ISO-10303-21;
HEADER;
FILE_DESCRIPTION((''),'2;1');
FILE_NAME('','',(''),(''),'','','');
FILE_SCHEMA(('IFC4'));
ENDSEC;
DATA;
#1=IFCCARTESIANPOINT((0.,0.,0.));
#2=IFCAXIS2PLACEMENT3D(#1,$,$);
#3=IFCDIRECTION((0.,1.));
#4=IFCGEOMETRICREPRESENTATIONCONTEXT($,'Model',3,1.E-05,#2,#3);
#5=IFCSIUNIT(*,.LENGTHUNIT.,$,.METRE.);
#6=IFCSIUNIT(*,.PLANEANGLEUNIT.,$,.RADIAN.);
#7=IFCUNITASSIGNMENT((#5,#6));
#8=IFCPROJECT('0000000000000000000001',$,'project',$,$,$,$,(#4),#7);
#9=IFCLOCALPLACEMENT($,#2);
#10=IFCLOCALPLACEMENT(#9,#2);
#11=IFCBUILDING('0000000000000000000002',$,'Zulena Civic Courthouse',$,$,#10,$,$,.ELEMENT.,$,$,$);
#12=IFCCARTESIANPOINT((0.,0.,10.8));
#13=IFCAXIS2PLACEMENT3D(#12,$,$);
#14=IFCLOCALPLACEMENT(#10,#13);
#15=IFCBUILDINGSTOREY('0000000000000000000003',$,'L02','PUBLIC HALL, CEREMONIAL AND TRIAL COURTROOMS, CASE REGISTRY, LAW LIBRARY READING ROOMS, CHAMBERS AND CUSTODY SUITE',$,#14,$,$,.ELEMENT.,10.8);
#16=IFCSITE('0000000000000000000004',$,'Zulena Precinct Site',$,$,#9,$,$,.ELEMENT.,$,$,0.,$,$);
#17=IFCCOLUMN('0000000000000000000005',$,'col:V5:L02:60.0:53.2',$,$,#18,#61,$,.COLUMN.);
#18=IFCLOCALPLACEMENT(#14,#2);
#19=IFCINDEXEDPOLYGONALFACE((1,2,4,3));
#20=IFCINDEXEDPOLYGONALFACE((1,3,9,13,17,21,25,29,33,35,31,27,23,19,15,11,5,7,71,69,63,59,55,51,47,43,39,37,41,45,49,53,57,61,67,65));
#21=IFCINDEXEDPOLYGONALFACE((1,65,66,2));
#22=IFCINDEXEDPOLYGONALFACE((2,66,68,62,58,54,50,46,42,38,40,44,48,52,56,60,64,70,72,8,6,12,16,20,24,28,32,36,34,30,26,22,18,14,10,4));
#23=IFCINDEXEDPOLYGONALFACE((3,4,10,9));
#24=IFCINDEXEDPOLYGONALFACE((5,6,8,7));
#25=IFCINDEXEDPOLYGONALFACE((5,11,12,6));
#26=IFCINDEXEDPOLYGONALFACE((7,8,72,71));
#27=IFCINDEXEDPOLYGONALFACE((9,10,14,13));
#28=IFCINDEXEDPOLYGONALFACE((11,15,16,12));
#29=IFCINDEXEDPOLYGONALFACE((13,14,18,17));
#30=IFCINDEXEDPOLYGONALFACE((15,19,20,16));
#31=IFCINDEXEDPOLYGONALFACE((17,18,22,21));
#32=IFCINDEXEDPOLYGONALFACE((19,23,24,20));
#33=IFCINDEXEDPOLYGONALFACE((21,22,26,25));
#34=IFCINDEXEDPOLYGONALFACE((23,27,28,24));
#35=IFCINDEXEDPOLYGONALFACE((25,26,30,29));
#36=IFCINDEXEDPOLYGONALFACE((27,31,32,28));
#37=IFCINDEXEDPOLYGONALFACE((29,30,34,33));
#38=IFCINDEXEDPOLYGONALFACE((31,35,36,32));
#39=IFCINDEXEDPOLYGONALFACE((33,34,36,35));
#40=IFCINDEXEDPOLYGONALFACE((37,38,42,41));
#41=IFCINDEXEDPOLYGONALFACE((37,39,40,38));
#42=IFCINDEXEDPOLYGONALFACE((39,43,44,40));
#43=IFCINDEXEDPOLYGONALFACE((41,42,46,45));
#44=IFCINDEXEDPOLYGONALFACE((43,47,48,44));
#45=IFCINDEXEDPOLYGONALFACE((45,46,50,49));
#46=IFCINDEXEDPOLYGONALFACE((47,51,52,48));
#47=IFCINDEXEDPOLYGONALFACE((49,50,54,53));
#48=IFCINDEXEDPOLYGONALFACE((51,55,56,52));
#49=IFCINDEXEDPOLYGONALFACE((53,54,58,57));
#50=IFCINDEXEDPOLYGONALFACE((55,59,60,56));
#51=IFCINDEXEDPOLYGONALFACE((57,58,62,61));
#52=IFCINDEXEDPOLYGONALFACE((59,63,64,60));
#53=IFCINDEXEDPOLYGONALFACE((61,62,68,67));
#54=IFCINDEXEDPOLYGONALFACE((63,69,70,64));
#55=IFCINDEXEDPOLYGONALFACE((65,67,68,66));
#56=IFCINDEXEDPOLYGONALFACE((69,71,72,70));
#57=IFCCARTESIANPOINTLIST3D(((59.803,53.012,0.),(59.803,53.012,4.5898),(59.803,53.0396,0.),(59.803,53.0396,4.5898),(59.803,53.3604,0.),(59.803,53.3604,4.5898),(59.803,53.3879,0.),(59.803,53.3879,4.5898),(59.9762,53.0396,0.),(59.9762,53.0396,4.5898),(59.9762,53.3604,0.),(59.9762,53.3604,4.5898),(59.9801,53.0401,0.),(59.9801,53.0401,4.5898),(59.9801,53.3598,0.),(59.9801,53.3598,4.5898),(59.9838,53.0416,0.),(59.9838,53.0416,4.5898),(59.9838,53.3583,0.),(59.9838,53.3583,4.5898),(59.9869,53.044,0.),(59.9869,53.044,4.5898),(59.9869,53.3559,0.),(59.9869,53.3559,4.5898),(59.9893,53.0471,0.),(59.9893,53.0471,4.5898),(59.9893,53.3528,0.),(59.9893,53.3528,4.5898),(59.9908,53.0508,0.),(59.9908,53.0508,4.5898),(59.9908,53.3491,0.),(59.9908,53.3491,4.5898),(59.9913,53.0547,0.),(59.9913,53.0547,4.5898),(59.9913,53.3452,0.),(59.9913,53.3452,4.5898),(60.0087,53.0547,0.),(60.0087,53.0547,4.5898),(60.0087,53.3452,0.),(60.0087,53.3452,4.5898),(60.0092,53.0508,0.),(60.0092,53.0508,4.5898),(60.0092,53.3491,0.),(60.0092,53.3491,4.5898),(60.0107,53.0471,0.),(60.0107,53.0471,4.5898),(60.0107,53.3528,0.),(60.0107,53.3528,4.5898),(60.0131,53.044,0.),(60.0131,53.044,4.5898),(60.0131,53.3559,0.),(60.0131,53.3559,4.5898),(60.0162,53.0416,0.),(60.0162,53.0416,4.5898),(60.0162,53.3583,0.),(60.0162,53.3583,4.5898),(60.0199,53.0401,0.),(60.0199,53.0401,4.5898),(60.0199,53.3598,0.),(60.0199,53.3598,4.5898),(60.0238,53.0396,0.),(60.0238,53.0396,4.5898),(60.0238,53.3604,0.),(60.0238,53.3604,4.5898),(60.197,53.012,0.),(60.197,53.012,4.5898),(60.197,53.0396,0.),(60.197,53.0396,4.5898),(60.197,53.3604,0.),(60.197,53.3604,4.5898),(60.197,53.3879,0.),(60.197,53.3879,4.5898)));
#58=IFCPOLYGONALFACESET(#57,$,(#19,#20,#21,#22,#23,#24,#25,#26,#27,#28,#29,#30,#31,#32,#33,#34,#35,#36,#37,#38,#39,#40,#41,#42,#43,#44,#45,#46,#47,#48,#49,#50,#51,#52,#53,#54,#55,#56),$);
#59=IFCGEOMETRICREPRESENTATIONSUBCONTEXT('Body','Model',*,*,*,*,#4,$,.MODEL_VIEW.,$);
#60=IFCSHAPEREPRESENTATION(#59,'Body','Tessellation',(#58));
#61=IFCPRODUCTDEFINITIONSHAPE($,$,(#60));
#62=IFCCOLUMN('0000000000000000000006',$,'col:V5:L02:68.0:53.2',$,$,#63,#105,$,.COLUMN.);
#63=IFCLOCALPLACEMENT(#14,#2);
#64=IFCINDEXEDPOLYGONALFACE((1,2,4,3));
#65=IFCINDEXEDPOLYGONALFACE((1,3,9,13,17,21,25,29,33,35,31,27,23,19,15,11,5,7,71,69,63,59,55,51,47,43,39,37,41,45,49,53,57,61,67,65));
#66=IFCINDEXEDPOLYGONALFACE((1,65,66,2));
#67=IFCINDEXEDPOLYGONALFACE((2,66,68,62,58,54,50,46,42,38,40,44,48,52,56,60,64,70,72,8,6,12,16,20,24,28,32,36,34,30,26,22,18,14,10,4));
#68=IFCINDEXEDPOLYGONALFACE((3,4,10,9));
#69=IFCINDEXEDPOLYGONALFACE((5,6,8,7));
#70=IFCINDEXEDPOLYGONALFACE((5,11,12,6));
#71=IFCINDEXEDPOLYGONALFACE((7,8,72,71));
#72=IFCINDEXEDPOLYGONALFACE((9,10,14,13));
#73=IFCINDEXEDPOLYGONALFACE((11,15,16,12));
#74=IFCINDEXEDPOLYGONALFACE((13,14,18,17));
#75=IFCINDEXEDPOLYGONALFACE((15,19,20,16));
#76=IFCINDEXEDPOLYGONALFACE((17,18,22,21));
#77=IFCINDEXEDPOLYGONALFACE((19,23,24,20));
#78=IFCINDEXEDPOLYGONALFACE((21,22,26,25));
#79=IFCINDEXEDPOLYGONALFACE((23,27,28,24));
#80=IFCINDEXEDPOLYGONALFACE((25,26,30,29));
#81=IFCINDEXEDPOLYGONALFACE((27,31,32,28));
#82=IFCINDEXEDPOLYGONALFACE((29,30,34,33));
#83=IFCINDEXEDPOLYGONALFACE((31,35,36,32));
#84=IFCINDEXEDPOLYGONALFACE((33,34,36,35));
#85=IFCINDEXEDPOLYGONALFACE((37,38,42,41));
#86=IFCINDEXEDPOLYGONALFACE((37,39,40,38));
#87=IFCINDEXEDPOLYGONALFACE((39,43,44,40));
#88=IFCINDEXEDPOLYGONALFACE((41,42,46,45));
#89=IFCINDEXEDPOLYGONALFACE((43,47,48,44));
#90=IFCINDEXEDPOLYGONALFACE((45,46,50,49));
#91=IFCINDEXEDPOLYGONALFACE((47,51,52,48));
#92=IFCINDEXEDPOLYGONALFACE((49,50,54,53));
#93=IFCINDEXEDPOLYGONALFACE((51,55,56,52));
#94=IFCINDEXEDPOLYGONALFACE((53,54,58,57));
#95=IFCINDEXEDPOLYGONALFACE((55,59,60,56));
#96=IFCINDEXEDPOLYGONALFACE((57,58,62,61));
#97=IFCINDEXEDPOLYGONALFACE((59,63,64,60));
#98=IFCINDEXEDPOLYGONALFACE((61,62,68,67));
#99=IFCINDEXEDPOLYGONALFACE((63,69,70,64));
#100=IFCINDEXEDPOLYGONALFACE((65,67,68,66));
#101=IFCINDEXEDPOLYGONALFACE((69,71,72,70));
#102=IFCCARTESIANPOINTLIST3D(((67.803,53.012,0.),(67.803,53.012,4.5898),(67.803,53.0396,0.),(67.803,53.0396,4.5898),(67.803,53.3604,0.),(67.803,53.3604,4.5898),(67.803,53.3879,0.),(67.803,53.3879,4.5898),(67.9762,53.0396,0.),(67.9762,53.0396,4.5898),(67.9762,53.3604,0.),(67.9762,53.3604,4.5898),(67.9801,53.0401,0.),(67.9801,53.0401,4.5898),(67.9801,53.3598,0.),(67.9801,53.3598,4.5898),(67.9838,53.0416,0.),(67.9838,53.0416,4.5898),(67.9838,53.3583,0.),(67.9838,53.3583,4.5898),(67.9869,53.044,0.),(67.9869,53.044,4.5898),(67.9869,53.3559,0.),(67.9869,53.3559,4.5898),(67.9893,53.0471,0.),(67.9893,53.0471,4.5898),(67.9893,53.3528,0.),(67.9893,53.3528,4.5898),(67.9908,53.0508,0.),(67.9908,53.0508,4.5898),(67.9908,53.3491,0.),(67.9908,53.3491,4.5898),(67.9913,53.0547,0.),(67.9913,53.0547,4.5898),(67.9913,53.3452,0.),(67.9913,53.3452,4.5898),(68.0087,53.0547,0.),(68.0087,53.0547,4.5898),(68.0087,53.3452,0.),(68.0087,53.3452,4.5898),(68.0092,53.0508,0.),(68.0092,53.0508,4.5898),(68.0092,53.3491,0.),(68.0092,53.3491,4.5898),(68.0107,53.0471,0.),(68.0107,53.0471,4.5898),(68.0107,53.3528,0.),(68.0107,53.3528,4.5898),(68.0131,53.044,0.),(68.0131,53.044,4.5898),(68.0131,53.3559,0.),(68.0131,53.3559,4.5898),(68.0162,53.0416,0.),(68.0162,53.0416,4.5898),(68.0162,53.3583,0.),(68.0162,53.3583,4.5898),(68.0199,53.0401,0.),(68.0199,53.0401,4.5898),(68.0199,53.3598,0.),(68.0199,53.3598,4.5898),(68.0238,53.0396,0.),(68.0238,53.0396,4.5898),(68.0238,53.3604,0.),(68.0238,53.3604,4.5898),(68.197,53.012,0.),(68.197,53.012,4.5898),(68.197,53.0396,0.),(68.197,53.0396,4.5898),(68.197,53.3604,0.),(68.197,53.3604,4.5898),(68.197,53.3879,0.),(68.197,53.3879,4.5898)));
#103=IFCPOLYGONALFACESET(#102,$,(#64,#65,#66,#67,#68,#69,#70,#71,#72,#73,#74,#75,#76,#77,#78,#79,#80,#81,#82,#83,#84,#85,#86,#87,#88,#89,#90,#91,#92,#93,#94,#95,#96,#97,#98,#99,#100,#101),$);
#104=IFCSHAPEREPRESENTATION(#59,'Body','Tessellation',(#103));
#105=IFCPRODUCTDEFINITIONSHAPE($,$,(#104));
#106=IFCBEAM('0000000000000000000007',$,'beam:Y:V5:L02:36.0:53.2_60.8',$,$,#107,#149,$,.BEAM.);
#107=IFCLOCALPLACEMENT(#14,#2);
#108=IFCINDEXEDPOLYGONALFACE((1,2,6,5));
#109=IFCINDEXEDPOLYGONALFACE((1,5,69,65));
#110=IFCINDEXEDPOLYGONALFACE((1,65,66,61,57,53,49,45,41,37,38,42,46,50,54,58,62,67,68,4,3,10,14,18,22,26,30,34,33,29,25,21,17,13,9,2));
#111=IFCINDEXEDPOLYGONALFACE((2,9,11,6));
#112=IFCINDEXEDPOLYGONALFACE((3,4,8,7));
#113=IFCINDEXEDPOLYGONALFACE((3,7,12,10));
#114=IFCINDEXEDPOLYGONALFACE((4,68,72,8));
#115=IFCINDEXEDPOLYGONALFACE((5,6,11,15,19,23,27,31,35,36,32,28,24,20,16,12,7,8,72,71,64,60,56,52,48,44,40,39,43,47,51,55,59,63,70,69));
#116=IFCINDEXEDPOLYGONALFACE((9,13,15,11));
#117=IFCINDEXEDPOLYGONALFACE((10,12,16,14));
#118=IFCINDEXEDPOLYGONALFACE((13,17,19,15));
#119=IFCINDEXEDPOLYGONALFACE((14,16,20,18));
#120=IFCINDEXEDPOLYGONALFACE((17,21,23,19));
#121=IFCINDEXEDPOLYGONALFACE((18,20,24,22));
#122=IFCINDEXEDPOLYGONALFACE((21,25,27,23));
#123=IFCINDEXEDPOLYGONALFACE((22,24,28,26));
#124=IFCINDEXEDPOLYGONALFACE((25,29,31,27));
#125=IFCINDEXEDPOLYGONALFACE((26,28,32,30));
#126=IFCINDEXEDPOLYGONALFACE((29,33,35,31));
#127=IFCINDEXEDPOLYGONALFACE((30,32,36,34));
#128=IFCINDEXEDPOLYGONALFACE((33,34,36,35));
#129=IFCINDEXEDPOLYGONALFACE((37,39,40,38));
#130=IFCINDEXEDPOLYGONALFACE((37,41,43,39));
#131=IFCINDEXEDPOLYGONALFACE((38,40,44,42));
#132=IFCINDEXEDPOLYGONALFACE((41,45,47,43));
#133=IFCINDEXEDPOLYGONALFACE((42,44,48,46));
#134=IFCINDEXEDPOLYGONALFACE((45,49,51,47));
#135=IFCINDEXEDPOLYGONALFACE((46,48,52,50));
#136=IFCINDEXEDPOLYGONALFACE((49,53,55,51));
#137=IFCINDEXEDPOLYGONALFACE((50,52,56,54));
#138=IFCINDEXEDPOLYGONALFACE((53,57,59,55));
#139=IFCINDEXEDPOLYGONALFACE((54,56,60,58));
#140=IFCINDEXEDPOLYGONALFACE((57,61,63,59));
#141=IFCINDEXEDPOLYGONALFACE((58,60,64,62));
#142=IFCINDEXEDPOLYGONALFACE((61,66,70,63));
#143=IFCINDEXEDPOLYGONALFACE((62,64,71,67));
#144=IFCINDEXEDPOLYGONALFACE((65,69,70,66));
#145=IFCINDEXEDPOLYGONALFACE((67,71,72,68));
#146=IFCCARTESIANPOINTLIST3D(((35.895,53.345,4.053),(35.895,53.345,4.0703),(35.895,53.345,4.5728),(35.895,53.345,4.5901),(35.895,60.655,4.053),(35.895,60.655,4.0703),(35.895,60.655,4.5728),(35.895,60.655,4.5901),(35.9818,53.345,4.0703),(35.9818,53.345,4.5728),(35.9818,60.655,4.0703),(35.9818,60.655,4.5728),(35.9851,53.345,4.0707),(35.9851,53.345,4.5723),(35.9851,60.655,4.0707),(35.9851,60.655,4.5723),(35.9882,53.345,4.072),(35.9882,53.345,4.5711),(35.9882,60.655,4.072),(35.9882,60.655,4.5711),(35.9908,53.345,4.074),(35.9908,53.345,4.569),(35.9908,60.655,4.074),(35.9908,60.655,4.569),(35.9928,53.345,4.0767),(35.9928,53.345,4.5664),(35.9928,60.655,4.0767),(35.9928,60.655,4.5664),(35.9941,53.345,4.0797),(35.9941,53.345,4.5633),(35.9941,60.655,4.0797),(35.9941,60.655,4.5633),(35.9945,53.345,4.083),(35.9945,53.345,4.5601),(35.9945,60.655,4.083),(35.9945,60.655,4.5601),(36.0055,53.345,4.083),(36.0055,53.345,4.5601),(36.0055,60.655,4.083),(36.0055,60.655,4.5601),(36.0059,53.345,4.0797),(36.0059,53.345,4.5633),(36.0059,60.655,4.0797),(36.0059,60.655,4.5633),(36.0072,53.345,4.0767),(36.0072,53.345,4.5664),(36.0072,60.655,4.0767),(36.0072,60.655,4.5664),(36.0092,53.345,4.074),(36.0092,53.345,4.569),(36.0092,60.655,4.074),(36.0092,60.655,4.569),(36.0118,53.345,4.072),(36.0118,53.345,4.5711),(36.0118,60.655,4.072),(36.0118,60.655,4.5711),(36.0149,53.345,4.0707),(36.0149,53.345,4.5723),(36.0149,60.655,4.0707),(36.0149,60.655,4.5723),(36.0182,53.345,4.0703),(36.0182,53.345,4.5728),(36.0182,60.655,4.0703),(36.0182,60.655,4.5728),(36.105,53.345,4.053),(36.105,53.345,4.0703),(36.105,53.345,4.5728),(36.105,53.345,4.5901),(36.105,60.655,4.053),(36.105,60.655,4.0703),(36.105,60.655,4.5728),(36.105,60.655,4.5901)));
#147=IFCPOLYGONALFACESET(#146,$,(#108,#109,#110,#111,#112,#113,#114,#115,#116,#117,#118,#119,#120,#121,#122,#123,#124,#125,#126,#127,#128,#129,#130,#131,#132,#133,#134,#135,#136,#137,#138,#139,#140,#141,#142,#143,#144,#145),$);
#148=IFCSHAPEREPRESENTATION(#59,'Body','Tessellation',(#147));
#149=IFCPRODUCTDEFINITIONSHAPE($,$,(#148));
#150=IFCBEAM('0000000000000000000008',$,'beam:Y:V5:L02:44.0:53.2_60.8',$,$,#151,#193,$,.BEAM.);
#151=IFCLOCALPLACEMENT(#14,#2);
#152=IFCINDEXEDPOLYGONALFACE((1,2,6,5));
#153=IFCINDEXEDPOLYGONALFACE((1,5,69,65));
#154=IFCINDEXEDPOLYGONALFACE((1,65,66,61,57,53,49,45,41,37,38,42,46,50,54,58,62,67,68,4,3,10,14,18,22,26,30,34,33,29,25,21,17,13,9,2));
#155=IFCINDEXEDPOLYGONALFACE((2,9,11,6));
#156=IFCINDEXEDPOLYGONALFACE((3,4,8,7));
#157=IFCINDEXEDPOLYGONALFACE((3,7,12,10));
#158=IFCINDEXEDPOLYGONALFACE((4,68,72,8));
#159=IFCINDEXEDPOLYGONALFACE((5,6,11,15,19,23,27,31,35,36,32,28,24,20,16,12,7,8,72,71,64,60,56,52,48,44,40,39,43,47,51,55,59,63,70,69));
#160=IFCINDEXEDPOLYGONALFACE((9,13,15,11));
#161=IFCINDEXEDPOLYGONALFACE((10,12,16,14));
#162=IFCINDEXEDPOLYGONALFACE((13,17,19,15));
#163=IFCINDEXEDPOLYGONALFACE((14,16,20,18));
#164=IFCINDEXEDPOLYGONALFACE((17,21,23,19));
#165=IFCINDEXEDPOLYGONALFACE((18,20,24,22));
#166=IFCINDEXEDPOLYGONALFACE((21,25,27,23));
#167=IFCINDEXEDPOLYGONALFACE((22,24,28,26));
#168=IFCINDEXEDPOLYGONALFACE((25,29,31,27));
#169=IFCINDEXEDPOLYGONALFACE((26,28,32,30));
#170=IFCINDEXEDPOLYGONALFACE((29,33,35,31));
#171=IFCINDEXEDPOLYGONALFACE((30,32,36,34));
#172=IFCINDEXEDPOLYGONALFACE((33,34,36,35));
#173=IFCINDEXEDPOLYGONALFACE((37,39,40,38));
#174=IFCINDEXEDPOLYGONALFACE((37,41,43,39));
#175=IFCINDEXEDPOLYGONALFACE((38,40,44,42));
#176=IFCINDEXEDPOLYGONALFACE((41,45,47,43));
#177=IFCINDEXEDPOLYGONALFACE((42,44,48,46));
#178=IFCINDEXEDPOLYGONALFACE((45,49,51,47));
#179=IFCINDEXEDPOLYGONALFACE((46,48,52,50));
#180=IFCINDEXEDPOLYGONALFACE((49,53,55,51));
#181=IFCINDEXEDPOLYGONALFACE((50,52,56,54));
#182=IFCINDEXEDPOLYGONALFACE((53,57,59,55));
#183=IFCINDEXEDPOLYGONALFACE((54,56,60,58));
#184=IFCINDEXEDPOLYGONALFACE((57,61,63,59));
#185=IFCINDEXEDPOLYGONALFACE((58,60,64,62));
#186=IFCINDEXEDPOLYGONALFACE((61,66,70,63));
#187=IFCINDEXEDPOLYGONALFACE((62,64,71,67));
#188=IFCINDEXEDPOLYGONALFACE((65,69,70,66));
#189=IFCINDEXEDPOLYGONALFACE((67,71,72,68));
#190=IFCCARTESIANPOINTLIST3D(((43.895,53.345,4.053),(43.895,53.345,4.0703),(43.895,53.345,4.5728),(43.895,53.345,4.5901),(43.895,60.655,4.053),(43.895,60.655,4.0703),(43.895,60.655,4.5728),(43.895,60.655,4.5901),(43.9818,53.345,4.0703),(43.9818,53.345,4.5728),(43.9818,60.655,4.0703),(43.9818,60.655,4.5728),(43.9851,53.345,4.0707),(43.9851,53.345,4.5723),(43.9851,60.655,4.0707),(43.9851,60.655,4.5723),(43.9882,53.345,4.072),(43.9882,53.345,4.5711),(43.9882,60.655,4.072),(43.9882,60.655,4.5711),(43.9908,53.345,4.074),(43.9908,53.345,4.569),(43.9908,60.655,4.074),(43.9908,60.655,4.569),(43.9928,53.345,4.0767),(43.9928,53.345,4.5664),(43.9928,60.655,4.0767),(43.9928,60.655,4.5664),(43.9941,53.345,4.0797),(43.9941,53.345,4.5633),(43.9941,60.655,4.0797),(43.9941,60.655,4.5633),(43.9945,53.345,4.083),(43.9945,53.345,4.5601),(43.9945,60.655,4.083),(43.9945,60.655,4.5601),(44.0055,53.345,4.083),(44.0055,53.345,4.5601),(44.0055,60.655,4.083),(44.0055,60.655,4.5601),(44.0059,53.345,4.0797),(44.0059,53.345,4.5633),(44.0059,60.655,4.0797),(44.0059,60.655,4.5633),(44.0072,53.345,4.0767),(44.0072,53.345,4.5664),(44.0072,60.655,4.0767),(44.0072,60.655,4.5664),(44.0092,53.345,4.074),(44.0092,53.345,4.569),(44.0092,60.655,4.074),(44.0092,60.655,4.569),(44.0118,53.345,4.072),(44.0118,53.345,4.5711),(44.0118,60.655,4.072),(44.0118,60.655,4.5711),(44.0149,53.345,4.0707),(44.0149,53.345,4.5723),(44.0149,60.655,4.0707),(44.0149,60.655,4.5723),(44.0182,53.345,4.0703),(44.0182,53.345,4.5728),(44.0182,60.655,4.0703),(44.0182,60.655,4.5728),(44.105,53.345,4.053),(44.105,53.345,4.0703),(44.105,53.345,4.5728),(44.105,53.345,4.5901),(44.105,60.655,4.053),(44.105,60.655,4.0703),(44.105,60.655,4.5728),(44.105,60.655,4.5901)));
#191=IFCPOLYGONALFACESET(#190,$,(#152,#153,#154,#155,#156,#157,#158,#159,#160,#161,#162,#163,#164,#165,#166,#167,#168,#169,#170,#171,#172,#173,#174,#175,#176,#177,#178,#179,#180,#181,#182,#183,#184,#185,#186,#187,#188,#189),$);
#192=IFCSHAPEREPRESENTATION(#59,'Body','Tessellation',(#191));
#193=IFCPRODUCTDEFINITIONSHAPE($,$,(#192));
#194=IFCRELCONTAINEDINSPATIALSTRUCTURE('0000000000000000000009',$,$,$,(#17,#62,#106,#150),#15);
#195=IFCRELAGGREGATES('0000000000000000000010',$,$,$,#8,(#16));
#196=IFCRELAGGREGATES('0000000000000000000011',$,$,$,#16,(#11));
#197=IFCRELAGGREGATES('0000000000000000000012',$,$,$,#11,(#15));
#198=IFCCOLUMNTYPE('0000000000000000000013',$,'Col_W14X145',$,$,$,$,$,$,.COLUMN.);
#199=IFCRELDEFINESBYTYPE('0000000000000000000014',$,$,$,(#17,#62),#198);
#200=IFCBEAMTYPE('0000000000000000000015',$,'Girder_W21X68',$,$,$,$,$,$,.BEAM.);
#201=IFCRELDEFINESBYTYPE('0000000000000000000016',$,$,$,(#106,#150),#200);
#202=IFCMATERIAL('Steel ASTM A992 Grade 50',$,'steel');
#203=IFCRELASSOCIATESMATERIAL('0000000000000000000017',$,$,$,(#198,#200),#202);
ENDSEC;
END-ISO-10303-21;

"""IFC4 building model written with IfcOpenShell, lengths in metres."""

from ifc_helpers import new_model, si_unit, direction, frame, origin, origin_2d, place, context, subcontext, project, spatial, i_section, extrude, material, material_profile, profile_set, type_object, element, save


model = new_model("IFC4")

# Units and contexts
model_context = context("Model", 3, precision=1e-05, world=origin(), true_north=direction((0.0, 1.0)))
body_context = subcontext(model_context, "Body", "Model", "MODEL_VIEW")
ifc_project = project(units=[si_unit("LENGTHUNIT", "METRE"), si_unit("PLANEANGLEUNIT", "RADIAN")], contexts=[model_context])

# Site, building, storey
site_placement = place(None, origin())
site = spatial("IfcSite", under=ifc_project, at=site_placement, Name="Zulena Precinct Site", CompositionType="ELEMENT", RefElevation=0.0)
building_placement = place(site_placement, origin())
building = spatial("IfcBuilding", under=site, at=building_placement, Name="Zulena Civic Courthouse", CompositionType="ELEMENT")
storey_placement = place(building_placement, frame((0.0, 0.0, 10.8)))
storey = spatial("IfcBuildingStorey", under=building, at=storey_placement, Name="L02", Description="PUBLIC HALL, CEREMONIAL AND TRIAL COURTROOMS, CASE REGISTRY, LAW LIBRARY READING ROOMS, CHAMBERS AND CUSTODY SUITE", CompositionType="ELEMENT", Elevation=10.8)

# Columns
ifc_material_1 = material(Name="Steel ASTM A992 Grade 50", Category="steel")
ifc_material_profile_1 = material_profile(ifc_material_1, i_section(OverallWidth=0.394, OverallDepth=0.376, WebThickness=0.0173, FlangeThickness=0.0276, FilletRadius=0.0151, at=origin_2d()), Name="W14X145")
ifc_profile_set_1 = profile_set([ifc_material_profile_1], Name="Steel ASTM A992 Grade 50")
column_type = type_object("IfcColumnType", Name="Col_W14X145", PredefinedType="COLUMN", material=ifc_profile_set_1)
for number, where, z_axis, x_axis, name in (
    (1, (60.0, 53.2, 0.0), (0.0, 0.0, 1.0), (1.0, 0.0, 0.0), "col:V5:L02:60.0:53.2"),
    (2, (68.0, 53.2, 0.0), (0.0, 0.0, 1.0), (1.0, 0.0, 0.0), "col:V5:L02:68.0:53.2"),
):
    element("IfcColumn", number, at=place(storey_placement, frame(where, z_axis=z_axis, x_axis=x_axis)), inside=storey, type_object=column_type, Name=name, PredefinedType="COLUMN", context=body_context, shape_type="SweptSolid", body=[
        extrude(i_section(OverallWidth=0.394, OverallDepth=0.376, WebThickness=0.0173, FlangeThickness=0.0276, FilletRadius=0.0151, at=origin_2d()), origin(), (0.0, 0.0, 1.0), 4.5898),
    ])

# Beams
ifc_material_profile_2 = material_profile(ifc_material_1, i_section(OverallWidth=0.21, OverallDepth=0.5371, WebThickness=0.011, FlangeThickness=0.0173, FilletRadius=0.0127, at=origin_2d()), Name="W21X68")
ifc_profile_set_2 = profile_set([ifc_material_profile_2], Name="Steel ASTM A992 Grade 50")
beam_type_1 = type_object("IfcBeamType", Name="Girder_W21X68", PredefinedType="BEAM", material=ifc_profile_set_2)
for number, where, z_axis, x_axis, name in (
    (3, (36.0, 53.345, 4.3215), (0.0, 1.0, 0.0), (-1.0, 0.0, 0.0), "beam:Y:V5:L02:36.0:53.2_60.8"),
    (4, (44.0, 53.345, 4.3215), (0.0, 1.0, 0.0), (-1.0, 0.0, 0.0), "beam:Y:V5:L02:44.0:53.2_60.8"),
):
    element("IfcBeam", number, at=place(storey_placement, frame(where, z_axis=z_axis, x_axis=x_axis)), inside=storey, type_object=beam_type_1, Name=name, PredefinedType="BEAM", context=body_context, shape_type="SweptSolid", body=[
        extrude(i_section(OverallWidth=0.21, OverallDepth=0.5371, WebThickness=0.011, FlangeThickness=0.0173, FilletRadius=0.0127, at=origin_2d()), origin(), (0.0, 0.0, 1.0), 7.3101),
    ])

save(model, "model.ifc")
